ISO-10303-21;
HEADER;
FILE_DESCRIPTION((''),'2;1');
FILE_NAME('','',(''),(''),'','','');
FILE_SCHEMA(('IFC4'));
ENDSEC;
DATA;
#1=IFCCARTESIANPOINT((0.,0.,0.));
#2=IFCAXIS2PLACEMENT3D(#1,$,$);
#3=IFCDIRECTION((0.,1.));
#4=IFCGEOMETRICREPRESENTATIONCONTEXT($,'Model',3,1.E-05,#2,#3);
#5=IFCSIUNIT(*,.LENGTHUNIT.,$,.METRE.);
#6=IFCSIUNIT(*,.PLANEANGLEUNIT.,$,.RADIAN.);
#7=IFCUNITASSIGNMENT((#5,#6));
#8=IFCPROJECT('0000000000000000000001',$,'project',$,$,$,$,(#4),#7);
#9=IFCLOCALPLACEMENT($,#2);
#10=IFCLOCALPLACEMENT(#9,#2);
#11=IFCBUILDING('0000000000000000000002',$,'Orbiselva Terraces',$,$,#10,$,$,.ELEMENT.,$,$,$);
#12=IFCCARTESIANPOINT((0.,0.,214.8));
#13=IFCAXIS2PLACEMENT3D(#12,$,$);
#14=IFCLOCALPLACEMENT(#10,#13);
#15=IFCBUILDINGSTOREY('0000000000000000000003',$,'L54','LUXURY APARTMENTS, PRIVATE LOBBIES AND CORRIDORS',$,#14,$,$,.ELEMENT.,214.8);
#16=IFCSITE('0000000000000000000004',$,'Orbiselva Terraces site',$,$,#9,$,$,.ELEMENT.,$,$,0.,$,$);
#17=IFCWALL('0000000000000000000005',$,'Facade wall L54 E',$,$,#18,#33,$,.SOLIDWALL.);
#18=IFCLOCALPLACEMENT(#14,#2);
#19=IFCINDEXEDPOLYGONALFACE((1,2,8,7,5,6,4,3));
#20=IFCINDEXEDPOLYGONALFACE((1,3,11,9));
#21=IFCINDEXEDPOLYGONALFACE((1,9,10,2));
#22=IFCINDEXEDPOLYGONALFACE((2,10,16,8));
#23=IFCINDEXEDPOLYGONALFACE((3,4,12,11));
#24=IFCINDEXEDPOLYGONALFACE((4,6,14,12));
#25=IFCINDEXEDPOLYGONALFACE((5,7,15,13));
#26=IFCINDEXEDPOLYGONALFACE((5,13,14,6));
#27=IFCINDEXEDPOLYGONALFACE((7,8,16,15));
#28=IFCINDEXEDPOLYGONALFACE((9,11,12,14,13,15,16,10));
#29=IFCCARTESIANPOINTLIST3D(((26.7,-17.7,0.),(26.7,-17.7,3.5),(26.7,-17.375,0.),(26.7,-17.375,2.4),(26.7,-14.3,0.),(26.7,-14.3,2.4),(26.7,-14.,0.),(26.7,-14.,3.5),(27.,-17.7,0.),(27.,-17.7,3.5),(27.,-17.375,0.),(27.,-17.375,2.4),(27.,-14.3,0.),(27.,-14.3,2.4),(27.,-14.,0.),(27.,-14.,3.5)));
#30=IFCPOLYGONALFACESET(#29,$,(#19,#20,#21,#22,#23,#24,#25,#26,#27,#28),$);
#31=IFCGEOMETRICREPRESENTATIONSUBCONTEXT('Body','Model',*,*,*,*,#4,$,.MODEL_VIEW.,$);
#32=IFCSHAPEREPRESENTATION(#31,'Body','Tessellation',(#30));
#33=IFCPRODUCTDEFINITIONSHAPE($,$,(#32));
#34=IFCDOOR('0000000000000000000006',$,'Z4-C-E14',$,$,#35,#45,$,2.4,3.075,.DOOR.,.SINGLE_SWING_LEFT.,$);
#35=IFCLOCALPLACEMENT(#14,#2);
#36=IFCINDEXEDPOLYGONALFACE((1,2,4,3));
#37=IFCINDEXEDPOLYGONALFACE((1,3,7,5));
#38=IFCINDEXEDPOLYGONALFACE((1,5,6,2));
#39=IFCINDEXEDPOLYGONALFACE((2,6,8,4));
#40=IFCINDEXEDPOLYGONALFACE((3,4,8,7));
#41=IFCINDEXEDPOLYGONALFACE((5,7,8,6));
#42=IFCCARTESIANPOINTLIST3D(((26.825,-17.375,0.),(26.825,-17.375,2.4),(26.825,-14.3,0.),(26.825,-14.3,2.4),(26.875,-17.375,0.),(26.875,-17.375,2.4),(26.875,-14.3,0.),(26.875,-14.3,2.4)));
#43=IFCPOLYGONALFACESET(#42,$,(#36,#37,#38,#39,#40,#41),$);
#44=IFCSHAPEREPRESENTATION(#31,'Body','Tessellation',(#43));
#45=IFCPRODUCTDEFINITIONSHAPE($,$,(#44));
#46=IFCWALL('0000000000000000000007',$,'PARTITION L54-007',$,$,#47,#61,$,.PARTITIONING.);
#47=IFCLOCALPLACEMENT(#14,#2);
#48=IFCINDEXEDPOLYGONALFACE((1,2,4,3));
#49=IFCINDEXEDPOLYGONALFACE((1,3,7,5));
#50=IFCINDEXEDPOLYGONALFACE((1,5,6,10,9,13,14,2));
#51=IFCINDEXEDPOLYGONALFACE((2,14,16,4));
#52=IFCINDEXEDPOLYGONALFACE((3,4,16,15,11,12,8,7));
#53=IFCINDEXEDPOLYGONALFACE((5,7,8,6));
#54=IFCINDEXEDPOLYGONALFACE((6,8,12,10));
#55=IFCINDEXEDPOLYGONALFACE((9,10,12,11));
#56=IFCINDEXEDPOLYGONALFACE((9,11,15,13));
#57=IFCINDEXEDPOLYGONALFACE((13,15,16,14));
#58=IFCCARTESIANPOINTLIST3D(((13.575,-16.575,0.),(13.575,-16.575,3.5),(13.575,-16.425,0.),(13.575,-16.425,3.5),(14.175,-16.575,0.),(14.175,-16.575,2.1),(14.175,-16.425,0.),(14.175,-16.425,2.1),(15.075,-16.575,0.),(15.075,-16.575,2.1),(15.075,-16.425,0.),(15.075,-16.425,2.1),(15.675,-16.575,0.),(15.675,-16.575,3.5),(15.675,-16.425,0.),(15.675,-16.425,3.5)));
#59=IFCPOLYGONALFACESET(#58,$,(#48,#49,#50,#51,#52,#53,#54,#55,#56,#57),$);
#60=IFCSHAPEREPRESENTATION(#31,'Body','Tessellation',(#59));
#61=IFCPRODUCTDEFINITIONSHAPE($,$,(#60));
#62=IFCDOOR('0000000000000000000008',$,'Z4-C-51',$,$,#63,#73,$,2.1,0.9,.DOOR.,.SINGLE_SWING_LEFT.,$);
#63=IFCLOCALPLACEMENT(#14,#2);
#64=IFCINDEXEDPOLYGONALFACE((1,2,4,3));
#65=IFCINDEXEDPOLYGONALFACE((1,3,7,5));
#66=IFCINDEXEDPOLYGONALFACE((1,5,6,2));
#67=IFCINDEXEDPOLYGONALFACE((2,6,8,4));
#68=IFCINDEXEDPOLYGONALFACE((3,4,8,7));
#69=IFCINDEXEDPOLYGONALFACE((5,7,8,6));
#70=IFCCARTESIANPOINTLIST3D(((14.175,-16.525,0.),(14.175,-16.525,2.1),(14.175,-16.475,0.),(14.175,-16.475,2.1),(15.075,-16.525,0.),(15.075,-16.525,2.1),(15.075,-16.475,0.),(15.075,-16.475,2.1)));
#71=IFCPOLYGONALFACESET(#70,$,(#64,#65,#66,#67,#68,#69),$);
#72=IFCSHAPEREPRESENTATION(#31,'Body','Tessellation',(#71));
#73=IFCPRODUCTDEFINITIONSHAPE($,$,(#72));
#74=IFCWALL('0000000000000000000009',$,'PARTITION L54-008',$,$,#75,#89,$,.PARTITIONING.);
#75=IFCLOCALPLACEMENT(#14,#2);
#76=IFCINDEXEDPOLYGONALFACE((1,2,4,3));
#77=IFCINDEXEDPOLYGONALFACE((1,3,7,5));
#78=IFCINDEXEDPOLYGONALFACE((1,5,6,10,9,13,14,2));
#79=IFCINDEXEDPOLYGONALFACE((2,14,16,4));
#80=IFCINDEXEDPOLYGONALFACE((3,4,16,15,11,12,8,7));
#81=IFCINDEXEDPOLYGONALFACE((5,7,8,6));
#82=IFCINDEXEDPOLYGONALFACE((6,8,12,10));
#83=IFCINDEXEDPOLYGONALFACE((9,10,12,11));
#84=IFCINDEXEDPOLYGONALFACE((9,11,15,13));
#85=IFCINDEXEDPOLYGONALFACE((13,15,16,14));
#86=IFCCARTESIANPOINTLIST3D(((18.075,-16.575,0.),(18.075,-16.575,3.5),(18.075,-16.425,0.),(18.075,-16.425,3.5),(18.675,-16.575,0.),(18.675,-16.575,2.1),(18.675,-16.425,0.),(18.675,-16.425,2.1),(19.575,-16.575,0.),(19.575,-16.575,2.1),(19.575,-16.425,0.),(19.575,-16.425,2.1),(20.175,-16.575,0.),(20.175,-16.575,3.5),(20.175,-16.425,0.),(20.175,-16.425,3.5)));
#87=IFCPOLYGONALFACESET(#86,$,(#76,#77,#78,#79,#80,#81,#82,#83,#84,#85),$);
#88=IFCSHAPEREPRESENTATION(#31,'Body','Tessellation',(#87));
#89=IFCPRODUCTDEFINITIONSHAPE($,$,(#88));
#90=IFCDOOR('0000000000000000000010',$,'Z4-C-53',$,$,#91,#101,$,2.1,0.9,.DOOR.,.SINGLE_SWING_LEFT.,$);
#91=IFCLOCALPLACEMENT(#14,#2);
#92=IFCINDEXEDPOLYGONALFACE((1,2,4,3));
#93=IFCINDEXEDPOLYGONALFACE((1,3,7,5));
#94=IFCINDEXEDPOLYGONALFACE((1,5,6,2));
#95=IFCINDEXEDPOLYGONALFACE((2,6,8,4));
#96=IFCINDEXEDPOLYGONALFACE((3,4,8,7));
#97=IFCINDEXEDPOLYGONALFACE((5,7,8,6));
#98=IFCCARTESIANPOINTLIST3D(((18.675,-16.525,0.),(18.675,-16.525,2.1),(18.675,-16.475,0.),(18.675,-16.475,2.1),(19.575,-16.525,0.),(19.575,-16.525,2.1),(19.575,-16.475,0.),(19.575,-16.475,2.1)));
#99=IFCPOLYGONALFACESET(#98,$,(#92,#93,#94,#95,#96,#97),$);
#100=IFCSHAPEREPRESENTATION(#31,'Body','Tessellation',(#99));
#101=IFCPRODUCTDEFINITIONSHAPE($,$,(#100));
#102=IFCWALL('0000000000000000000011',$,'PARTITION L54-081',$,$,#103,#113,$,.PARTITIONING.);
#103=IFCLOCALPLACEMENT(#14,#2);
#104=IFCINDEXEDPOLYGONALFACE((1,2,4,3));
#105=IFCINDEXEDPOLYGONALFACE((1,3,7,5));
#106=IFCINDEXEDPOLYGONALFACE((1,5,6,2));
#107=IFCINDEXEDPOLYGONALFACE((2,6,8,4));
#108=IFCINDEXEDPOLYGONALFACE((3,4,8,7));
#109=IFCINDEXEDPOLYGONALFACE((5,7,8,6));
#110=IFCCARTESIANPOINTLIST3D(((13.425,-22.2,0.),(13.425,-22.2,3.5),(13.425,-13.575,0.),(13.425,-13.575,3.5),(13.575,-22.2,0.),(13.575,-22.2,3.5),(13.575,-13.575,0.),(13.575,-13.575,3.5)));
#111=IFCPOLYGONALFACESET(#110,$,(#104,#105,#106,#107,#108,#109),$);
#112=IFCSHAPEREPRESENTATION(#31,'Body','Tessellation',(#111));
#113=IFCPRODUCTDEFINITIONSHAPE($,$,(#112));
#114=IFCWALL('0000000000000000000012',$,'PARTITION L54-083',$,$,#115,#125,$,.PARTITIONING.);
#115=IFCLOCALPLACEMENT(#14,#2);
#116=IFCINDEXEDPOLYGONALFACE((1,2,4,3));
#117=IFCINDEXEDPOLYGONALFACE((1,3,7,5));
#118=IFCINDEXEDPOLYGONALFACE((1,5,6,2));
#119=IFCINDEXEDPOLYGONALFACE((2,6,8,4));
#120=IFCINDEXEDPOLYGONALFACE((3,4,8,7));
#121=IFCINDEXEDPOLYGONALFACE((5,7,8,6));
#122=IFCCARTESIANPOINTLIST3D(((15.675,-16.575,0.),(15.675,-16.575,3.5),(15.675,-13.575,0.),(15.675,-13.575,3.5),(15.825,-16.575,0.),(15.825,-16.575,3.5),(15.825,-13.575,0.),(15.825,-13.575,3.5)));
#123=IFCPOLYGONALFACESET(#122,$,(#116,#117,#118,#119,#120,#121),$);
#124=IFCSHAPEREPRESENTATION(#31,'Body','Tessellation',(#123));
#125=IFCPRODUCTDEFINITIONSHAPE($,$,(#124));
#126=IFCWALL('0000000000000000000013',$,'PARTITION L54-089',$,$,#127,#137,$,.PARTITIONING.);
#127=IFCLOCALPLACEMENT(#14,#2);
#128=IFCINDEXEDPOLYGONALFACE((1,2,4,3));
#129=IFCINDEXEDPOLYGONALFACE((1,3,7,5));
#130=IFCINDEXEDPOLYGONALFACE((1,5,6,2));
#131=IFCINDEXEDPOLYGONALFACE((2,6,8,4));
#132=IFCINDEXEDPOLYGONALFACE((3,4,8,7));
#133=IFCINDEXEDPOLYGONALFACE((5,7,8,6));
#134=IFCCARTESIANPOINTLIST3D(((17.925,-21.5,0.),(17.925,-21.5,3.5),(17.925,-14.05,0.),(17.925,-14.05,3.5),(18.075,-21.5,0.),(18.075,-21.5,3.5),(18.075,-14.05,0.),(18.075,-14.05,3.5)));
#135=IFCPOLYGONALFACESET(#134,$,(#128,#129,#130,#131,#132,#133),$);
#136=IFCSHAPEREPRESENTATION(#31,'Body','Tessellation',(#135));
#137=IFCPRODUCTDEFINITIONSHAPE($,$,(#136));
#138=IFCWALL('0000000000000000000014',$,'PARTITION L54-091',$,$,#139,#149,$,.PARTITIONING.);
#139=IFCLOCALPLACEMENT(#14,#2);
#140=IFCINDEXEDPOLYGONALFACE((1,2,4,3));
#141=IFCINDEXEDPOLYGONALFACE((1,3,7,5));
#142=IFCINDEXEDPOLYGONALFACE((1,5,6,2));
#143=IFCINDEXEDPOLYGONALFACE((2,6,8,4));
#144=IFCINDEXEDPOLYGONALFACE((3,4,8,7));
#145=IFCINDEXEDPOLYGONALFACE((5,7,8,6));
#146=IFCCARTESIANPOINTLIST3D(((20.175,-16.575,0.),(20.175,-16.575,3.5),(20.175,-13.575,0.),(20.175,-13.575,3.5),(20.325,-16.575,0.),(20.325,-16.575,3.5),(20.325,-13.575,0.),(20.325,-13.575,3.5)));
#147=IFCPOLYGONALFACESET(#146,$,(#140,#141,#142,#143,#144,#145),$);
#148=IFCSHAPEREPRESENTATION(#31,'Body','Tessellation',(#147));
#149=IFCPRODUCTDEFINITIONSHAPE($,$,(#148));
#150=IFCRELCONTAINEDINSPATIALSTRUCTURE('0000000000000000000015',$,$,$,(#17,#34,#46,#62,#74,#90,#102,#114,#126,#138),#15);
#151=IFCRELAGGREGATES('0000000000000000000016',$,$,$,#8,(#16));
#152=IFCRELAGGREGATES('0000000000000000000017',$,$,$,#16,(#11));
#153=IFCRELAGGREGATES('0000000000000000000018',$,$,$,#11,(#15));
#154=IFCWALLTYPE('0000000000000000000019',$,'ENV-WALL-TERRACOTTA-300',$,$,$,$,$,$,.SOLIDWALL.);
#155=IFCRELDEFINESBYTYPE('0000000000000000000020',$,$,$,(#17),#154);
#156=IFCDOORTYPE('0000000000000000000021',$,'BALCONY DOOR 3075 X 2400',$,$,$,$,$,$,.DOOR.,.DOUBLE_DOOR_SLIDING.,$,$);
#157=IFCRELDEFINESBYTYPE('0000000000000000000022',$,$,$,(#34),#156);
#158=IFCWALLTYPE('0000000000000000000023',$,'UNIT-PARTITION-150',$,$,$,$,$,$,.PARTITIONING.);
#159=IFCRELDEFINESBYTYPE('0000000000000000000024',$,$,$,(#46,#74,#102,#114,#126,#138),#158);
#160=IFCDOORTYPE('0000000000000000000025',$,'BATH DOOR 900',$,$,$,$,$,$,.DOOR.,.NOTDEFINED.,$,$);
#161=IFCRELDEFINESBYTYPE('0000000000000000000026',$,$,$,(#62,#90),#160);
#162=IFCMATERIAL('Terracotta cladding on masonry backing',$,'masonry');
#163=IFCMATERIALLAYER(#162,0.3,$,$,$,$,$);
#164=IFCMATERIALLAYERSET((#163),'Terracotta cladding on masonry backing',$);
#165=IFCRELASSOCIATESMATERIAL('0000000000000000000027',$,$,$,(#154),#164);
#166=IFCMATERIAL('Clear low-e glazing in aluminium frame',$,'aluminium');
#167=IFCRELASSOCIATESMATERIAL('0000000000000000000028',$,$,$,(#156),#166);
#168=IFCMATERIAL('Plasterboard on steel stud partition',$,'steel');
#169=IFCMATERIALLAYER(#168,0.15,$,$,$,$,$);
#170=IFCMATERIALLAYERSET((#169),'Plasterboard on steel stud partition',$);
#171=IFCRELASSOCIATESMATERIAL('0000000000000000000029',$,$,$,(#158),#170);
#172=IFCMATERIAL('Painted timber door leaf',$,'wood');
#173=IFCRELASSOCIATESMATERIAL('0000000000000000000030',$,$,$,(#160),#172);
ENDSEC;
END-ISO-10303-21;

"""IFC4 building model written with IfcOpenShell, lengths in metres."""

from ifc_helpers import new_model, si_unit, direction, frame, frame_2d, origin, place, context, subcontext, project, spatial, rectangle, extrude, material, layer, layer_set, type_object, element, fill, save


model = new_model("IFC4")

# Units and contexts
model_context = context("Model", 3, precision=1e-05, world=origin(), true_north=direction((0.0, 1.0)))
body_context = subcontext(model_context, "Body", "Model", "MODEL_VIEW")
ifc_project = project(units=[si_unit("LENGTHUNIT", "METRE"), si_unit("PLANEANGLEUNIT", "RADIAN")], contexts=[model_context])

# Site, building, storey
site_placement = place(None, origin())
site = spatial("IfcSite", under=ifc_project, at=site_placement, Name="Orbiselva Terraces site", CompositionType="ELEMENT", RefElevation=0.0)
building_placement = place(site_placement, origin())
building = spatial("IfcBuilding", under=site, at=building_placement, Name="Orbiselva Terraces", CompositionType="ELEMENT")
storey_placement = place(building_placement, frame((0.0, 0.0, 214.8)))
storey = spatial("IfcBuildingStorey", under=building, at=storey_placement, Name="L54", Description="LUXURY APARTMENTS, PRIVATE LOBBIES AND CORRIDORS", CompositionType="ELEMENT", Elevation=214.8)

# Shared definitions
ifc_material_1 = material(Name="Terracotta cladding on masonry backing", Category="masonry")
ifc_layer_1 = layer(ifc_material_1, 0.3)
ifc_layer_set_1 = layer_set([ifc_layer_1], Name="Terracotta cladding on masonry backing")
wall_type_1 = type_object("IfcWallType", Name="ENV-WALL-TERRACOTTA-300", PredefinedType="SOLIDWALL", material=ifc_layer_set_1)
ifc_material_2 = material(Name="Clear low-e glazing in aluminium frame", Category="aluminium")
door_type_1 = type_object("IfcDoorType", Name="BALCONY DOOR 3075 X 2400", OperationType="DOUBLE_DOOR_SLIDING", PredefinedType="DOOR", material=ifc_material_2)

# Walls, openings, doors
wall_1_placement = place(storey_placement, frame((26.85, -14.0, 0.0), z_axis=(0.0, 0.0, 1.0), x_axis=(0.0, -1.0, 0.0)))
wall_1 = element("IfcWall", 1, at=wall_1_placement, inside=storey, type_object=wall_type_1, Name="Facade wall L54 E", PredefinedType="SOLIDWALL", context=body_context, shape_type="SweptSolid", body=[
    extrude(rectangle(XDim=3.7, YDim=0.3, at=frame_2d((1.85, 0.0))), origin(), (0.0, 0.0, 1.0), 3.5),
])
opening_1_placement = place(wall_1_placement, frame((0.3, 0.0, 0.0)))
opening_1 = element("IfcOpeningElement", 2, at=opening_1_placement, cuts=wall_1, PredefinedType="OPENING", context=body_context, shape_type="SweptSolid", body=[
    extrude(rectangle(XDim=3.075, YDim=2.4, at=frame_2d((1.5375, 1.2))), frame((0.0, 0.16, 0.0), z_axis=(0.0, -1.0, 0.0), x_axis=(1.0, 0.0, 0.0)), (0.0, 0.0, 1.0), 0.32),
])
door_1_placement = place(opening_1_placement, origin())
door_1 = element("IfcDoor", 3, at=door_1_placement, inside=storey, type_object=door_type_1, Name="Z4-C-E14", OperationType="SINGLE_SWING_LEFT", OverallHeight=2.4, OverallWidth=3.075, PredefinedType="DOOR", context=body_context, shape_type="SweptSolid", body=[
    extrude(rectangle(XDim=3.075, YDim=2.4, at=frame_2d((1.5375, 1.2))), frame((0.0, 0.025, 0.0), z_axis=(0.0, -1.0, 0.0), x_axis=(1.0, 0.0, 0.0)), (0.0, 0.0, 1.0), 0.05),
])
fill(opening_1, door_1)
ifc_material_3 = material(Name="Plasterboard on steel stud partition", Category="steel")
ifc_layer_2 = layer(ifc_material_3, 0.15)
ifc_layer_set_2 = layer_set([ifc_layer_2], Name="Plasterboard on steel stud partition")
wall_type_2 = type_object("IfcWallType", Name="UNIT-PARTITION-150", PredefinedType="PARTITIONING", material=ifc_layer_set_2)
wall_2_placement = place(storey_placement, frame((13.575, -16.5, 0.0), z_axis=(0.0, 0.0, 1.0), x_axis=(1.0, 0.0, 0.0)))
wall_2 = element("IfcWall", 4, at=wall_2_placement, inside=storey, type_object=wall_type_2, Name="PARTITION L54-007", PredefinedType="PARTITIONING", context=body_context, shape_type="SweptSolid", body=[
    extrude(rectangle(XDim=2.1, YDim=0.15, at=frame_2d((1.05, 0.0))), origin(), (0.0, 0.0, 1.0), 3.5),
])
opening_2_placement = place(wall_2_placement, frame((0.6, 0.0, 0.0)))
opening_2 = element("IfcOpeningElement", 5, at=opening_2_placement, cuts=wall_2, PredefinedType="OPENING", context=body_context, shape_type="SweptSolid", body=[
    extrude(rectangle(XDim=0.9, YDim=2.1, at=frame_2d((0.45, 1.05))), frame((0.0, 0.085, 0.0), z_axis=(0.0, -1.0, 0.0), x_axis=(1.0, 0.0, 0.0)), (0.0, 0.0, 1.0), 0.17),
])
ifc_material_4 = material(Name="Painted timber door leaf", Category="wood")
door_type_2 = type_object("IfcDoorType", Name="BATH DOOR 900", OperationType="NOTDEFINED", PredefinedType="DOOR", material=ifc_material_4)
door_2_placement = place(opening_2_placement, origin())
door_2 = element("IfcDoor", 6, at=door_2_placement, inside=storey, type_object=door_type_2, Name="Z4-C-51", OperationType="SINGLE_SWING_LEFT", OverallHeight=2.1, OverallWidth=0.9, PredefinedType="DOOR", context=body_context, shape_type="SweptSolid", body=[
    extrude(rectangle(XDim=0.9, YDim=2.1, at=frame_2d((0.45, 1.05))), frame((0.0, 0.025, 0.0), z_axis=(0.0, -1.0, 0.0), x_axis=(1.0, 0.0, 0.0)), (0.0, 0.0, 1.0), 0.05),
])
fill(opening_2, door_2)
wall_3_placement = place(storey_placement, frame((18.075, -16.5, 0.0), z_axis=(0.0, 0.0, 1.0), x_axis=(1.0, 0.0, 0.0)))
wall_3 = element("IfcWall", 7, at=wall_3_placement, inside=storey, type_object=wall_type_2, Name="PARTITION L54-008", PredefinedType="PARTITIONING", context=body_context, shape_type="SweptSolid", body=[
    extrude(rectangle(XDim=2.1, YDim=0.15, at=frame_2d((1.05, 0.0))), origin(), (0.0, 0.0, 1.0), 3.5),
])
opening_3_placement = place(wall_3_placement, frame((0.6, 0.0, 0.0)))
opening_3 = element("IfcOpeningElement", 8, at=opening_3_placement, cuts=wall_3, PredefinedType="OPENING", context=body_context, shape_type="SweptSolid", body=[
    extrude(rectangle(XDim=0.9, YDim=2.1, at=frame_2d((0.45, 1.05))), frame((0.0, 0.085, 0.0), z_axis=(0.0, -1.0, 0.0), x_axis=(1.0, 0.0, 0.0)), (0.0, 0.0, 1.0), 0.17),
])
door_3_placement = place(opening_3_placement, origin())
door_3 = element("IfcDoor", 9, at=door_3_placement, inside=storey, type_object=door_type_2, Name="Z4-C-53", OperationType="SINGLE_SWING_LEFT", OverallHeight=2.1, OverallWidth=0.9, PredefinedType="DOOR", context=body_context, shape_type="SweptSolid", body=[
    extrude(rectangle(XDim=0.9, YDim=2.1, at=frame_2d((0.45, 1.05))), frame((0.0, 0.025, 0.0), z_axis=(0.0, -1.0, 0.0), x_axis=(1.0, 0.0, 0.0)), (0.0, 0.0, 1.0), 0.05),
])
fill(opening_3, door_3)

# Walls
wall_4_placement = place(storey_placement, frame((13.5, -22.2, 0.0), z_axis=(0.0, 0.0, 1.0), x_axis=(0.0, 1.0, 0.0)))
element("IfcWall", 10, at=wall_4_placement, inside=storey, type_object=wall_type_2, Name="PARTITION L54-081", PredefinedType="PARTITIONING", context=body_context, shape_type="SweptSolid", body=[
    extrude(rectangle(XDim=8.625, YDim=0.15, at=frame_2d((4.3125, 0.0))), origin(), (0.0, 0.0, 1.0), 3.5),
])
wall_5_placement = place(storey_placement, frame((15.75, -16.575, 0.0), z_axis=(0.0, 0.0, 1.0), x_axis=(0.0, 1.0, 0.0)))
element("IfcWall", 11, at=wall_5_placement, inside=storey, type_object=wall_type_2, Name="PARTITION L54-083", PredefinedType="PARTITIONING", context=body_context, shape_type="SweptSolid", body=[
    extrude(rectangle(XDim=3.0, YDim=0.15, at=frame_2d((1.5, 0.0))), origin(), (0.0, 0.0, 1.0), 3.5),
])
wall_6_placement = place(storey_placement, frame((18.0, -21.5, 0.0), z_axis=(0.0, 0.0, 1.0), x_axis=(0.0, 1.0, 0.0)))
element("IfcWall", 12, at=wall_6_placement, inside=storey, type_object=wall_type_2, Name="PARTITION L54-089", PredefinedType="PARTITIONING", context=body_context, shape_type="SweptSolid", body=[
    extrude(rectangle(XDim=7.45, YDim=0.15, at=frame_2d((3.725, 0.0))), origin(), (0.0, 0.0, 1.0), 3.5),
])
wall_7_placement = place(storey_placement, frame((20.25, -16.575, 0.0), z_axis=(0.0, 0.0, 1.0), x_axis=(0.0, 1.0, 0.0)))
element("IfcWall", 13, at=wall_7_placement, inside=storey, type_object=wall_type_2, Name="PARTITION L54-091", PredefinedType="PARTITIONING", context=body_context, shape_type="SweptSolid", body=[
    extrude(rectangle(XDim=3.0, YDim=0.15, at=frame_2d((1.5, 0.0))), origin(), (0.0, 0.0, 1.0), 3.5),
])

save(model, "model.ifc")
